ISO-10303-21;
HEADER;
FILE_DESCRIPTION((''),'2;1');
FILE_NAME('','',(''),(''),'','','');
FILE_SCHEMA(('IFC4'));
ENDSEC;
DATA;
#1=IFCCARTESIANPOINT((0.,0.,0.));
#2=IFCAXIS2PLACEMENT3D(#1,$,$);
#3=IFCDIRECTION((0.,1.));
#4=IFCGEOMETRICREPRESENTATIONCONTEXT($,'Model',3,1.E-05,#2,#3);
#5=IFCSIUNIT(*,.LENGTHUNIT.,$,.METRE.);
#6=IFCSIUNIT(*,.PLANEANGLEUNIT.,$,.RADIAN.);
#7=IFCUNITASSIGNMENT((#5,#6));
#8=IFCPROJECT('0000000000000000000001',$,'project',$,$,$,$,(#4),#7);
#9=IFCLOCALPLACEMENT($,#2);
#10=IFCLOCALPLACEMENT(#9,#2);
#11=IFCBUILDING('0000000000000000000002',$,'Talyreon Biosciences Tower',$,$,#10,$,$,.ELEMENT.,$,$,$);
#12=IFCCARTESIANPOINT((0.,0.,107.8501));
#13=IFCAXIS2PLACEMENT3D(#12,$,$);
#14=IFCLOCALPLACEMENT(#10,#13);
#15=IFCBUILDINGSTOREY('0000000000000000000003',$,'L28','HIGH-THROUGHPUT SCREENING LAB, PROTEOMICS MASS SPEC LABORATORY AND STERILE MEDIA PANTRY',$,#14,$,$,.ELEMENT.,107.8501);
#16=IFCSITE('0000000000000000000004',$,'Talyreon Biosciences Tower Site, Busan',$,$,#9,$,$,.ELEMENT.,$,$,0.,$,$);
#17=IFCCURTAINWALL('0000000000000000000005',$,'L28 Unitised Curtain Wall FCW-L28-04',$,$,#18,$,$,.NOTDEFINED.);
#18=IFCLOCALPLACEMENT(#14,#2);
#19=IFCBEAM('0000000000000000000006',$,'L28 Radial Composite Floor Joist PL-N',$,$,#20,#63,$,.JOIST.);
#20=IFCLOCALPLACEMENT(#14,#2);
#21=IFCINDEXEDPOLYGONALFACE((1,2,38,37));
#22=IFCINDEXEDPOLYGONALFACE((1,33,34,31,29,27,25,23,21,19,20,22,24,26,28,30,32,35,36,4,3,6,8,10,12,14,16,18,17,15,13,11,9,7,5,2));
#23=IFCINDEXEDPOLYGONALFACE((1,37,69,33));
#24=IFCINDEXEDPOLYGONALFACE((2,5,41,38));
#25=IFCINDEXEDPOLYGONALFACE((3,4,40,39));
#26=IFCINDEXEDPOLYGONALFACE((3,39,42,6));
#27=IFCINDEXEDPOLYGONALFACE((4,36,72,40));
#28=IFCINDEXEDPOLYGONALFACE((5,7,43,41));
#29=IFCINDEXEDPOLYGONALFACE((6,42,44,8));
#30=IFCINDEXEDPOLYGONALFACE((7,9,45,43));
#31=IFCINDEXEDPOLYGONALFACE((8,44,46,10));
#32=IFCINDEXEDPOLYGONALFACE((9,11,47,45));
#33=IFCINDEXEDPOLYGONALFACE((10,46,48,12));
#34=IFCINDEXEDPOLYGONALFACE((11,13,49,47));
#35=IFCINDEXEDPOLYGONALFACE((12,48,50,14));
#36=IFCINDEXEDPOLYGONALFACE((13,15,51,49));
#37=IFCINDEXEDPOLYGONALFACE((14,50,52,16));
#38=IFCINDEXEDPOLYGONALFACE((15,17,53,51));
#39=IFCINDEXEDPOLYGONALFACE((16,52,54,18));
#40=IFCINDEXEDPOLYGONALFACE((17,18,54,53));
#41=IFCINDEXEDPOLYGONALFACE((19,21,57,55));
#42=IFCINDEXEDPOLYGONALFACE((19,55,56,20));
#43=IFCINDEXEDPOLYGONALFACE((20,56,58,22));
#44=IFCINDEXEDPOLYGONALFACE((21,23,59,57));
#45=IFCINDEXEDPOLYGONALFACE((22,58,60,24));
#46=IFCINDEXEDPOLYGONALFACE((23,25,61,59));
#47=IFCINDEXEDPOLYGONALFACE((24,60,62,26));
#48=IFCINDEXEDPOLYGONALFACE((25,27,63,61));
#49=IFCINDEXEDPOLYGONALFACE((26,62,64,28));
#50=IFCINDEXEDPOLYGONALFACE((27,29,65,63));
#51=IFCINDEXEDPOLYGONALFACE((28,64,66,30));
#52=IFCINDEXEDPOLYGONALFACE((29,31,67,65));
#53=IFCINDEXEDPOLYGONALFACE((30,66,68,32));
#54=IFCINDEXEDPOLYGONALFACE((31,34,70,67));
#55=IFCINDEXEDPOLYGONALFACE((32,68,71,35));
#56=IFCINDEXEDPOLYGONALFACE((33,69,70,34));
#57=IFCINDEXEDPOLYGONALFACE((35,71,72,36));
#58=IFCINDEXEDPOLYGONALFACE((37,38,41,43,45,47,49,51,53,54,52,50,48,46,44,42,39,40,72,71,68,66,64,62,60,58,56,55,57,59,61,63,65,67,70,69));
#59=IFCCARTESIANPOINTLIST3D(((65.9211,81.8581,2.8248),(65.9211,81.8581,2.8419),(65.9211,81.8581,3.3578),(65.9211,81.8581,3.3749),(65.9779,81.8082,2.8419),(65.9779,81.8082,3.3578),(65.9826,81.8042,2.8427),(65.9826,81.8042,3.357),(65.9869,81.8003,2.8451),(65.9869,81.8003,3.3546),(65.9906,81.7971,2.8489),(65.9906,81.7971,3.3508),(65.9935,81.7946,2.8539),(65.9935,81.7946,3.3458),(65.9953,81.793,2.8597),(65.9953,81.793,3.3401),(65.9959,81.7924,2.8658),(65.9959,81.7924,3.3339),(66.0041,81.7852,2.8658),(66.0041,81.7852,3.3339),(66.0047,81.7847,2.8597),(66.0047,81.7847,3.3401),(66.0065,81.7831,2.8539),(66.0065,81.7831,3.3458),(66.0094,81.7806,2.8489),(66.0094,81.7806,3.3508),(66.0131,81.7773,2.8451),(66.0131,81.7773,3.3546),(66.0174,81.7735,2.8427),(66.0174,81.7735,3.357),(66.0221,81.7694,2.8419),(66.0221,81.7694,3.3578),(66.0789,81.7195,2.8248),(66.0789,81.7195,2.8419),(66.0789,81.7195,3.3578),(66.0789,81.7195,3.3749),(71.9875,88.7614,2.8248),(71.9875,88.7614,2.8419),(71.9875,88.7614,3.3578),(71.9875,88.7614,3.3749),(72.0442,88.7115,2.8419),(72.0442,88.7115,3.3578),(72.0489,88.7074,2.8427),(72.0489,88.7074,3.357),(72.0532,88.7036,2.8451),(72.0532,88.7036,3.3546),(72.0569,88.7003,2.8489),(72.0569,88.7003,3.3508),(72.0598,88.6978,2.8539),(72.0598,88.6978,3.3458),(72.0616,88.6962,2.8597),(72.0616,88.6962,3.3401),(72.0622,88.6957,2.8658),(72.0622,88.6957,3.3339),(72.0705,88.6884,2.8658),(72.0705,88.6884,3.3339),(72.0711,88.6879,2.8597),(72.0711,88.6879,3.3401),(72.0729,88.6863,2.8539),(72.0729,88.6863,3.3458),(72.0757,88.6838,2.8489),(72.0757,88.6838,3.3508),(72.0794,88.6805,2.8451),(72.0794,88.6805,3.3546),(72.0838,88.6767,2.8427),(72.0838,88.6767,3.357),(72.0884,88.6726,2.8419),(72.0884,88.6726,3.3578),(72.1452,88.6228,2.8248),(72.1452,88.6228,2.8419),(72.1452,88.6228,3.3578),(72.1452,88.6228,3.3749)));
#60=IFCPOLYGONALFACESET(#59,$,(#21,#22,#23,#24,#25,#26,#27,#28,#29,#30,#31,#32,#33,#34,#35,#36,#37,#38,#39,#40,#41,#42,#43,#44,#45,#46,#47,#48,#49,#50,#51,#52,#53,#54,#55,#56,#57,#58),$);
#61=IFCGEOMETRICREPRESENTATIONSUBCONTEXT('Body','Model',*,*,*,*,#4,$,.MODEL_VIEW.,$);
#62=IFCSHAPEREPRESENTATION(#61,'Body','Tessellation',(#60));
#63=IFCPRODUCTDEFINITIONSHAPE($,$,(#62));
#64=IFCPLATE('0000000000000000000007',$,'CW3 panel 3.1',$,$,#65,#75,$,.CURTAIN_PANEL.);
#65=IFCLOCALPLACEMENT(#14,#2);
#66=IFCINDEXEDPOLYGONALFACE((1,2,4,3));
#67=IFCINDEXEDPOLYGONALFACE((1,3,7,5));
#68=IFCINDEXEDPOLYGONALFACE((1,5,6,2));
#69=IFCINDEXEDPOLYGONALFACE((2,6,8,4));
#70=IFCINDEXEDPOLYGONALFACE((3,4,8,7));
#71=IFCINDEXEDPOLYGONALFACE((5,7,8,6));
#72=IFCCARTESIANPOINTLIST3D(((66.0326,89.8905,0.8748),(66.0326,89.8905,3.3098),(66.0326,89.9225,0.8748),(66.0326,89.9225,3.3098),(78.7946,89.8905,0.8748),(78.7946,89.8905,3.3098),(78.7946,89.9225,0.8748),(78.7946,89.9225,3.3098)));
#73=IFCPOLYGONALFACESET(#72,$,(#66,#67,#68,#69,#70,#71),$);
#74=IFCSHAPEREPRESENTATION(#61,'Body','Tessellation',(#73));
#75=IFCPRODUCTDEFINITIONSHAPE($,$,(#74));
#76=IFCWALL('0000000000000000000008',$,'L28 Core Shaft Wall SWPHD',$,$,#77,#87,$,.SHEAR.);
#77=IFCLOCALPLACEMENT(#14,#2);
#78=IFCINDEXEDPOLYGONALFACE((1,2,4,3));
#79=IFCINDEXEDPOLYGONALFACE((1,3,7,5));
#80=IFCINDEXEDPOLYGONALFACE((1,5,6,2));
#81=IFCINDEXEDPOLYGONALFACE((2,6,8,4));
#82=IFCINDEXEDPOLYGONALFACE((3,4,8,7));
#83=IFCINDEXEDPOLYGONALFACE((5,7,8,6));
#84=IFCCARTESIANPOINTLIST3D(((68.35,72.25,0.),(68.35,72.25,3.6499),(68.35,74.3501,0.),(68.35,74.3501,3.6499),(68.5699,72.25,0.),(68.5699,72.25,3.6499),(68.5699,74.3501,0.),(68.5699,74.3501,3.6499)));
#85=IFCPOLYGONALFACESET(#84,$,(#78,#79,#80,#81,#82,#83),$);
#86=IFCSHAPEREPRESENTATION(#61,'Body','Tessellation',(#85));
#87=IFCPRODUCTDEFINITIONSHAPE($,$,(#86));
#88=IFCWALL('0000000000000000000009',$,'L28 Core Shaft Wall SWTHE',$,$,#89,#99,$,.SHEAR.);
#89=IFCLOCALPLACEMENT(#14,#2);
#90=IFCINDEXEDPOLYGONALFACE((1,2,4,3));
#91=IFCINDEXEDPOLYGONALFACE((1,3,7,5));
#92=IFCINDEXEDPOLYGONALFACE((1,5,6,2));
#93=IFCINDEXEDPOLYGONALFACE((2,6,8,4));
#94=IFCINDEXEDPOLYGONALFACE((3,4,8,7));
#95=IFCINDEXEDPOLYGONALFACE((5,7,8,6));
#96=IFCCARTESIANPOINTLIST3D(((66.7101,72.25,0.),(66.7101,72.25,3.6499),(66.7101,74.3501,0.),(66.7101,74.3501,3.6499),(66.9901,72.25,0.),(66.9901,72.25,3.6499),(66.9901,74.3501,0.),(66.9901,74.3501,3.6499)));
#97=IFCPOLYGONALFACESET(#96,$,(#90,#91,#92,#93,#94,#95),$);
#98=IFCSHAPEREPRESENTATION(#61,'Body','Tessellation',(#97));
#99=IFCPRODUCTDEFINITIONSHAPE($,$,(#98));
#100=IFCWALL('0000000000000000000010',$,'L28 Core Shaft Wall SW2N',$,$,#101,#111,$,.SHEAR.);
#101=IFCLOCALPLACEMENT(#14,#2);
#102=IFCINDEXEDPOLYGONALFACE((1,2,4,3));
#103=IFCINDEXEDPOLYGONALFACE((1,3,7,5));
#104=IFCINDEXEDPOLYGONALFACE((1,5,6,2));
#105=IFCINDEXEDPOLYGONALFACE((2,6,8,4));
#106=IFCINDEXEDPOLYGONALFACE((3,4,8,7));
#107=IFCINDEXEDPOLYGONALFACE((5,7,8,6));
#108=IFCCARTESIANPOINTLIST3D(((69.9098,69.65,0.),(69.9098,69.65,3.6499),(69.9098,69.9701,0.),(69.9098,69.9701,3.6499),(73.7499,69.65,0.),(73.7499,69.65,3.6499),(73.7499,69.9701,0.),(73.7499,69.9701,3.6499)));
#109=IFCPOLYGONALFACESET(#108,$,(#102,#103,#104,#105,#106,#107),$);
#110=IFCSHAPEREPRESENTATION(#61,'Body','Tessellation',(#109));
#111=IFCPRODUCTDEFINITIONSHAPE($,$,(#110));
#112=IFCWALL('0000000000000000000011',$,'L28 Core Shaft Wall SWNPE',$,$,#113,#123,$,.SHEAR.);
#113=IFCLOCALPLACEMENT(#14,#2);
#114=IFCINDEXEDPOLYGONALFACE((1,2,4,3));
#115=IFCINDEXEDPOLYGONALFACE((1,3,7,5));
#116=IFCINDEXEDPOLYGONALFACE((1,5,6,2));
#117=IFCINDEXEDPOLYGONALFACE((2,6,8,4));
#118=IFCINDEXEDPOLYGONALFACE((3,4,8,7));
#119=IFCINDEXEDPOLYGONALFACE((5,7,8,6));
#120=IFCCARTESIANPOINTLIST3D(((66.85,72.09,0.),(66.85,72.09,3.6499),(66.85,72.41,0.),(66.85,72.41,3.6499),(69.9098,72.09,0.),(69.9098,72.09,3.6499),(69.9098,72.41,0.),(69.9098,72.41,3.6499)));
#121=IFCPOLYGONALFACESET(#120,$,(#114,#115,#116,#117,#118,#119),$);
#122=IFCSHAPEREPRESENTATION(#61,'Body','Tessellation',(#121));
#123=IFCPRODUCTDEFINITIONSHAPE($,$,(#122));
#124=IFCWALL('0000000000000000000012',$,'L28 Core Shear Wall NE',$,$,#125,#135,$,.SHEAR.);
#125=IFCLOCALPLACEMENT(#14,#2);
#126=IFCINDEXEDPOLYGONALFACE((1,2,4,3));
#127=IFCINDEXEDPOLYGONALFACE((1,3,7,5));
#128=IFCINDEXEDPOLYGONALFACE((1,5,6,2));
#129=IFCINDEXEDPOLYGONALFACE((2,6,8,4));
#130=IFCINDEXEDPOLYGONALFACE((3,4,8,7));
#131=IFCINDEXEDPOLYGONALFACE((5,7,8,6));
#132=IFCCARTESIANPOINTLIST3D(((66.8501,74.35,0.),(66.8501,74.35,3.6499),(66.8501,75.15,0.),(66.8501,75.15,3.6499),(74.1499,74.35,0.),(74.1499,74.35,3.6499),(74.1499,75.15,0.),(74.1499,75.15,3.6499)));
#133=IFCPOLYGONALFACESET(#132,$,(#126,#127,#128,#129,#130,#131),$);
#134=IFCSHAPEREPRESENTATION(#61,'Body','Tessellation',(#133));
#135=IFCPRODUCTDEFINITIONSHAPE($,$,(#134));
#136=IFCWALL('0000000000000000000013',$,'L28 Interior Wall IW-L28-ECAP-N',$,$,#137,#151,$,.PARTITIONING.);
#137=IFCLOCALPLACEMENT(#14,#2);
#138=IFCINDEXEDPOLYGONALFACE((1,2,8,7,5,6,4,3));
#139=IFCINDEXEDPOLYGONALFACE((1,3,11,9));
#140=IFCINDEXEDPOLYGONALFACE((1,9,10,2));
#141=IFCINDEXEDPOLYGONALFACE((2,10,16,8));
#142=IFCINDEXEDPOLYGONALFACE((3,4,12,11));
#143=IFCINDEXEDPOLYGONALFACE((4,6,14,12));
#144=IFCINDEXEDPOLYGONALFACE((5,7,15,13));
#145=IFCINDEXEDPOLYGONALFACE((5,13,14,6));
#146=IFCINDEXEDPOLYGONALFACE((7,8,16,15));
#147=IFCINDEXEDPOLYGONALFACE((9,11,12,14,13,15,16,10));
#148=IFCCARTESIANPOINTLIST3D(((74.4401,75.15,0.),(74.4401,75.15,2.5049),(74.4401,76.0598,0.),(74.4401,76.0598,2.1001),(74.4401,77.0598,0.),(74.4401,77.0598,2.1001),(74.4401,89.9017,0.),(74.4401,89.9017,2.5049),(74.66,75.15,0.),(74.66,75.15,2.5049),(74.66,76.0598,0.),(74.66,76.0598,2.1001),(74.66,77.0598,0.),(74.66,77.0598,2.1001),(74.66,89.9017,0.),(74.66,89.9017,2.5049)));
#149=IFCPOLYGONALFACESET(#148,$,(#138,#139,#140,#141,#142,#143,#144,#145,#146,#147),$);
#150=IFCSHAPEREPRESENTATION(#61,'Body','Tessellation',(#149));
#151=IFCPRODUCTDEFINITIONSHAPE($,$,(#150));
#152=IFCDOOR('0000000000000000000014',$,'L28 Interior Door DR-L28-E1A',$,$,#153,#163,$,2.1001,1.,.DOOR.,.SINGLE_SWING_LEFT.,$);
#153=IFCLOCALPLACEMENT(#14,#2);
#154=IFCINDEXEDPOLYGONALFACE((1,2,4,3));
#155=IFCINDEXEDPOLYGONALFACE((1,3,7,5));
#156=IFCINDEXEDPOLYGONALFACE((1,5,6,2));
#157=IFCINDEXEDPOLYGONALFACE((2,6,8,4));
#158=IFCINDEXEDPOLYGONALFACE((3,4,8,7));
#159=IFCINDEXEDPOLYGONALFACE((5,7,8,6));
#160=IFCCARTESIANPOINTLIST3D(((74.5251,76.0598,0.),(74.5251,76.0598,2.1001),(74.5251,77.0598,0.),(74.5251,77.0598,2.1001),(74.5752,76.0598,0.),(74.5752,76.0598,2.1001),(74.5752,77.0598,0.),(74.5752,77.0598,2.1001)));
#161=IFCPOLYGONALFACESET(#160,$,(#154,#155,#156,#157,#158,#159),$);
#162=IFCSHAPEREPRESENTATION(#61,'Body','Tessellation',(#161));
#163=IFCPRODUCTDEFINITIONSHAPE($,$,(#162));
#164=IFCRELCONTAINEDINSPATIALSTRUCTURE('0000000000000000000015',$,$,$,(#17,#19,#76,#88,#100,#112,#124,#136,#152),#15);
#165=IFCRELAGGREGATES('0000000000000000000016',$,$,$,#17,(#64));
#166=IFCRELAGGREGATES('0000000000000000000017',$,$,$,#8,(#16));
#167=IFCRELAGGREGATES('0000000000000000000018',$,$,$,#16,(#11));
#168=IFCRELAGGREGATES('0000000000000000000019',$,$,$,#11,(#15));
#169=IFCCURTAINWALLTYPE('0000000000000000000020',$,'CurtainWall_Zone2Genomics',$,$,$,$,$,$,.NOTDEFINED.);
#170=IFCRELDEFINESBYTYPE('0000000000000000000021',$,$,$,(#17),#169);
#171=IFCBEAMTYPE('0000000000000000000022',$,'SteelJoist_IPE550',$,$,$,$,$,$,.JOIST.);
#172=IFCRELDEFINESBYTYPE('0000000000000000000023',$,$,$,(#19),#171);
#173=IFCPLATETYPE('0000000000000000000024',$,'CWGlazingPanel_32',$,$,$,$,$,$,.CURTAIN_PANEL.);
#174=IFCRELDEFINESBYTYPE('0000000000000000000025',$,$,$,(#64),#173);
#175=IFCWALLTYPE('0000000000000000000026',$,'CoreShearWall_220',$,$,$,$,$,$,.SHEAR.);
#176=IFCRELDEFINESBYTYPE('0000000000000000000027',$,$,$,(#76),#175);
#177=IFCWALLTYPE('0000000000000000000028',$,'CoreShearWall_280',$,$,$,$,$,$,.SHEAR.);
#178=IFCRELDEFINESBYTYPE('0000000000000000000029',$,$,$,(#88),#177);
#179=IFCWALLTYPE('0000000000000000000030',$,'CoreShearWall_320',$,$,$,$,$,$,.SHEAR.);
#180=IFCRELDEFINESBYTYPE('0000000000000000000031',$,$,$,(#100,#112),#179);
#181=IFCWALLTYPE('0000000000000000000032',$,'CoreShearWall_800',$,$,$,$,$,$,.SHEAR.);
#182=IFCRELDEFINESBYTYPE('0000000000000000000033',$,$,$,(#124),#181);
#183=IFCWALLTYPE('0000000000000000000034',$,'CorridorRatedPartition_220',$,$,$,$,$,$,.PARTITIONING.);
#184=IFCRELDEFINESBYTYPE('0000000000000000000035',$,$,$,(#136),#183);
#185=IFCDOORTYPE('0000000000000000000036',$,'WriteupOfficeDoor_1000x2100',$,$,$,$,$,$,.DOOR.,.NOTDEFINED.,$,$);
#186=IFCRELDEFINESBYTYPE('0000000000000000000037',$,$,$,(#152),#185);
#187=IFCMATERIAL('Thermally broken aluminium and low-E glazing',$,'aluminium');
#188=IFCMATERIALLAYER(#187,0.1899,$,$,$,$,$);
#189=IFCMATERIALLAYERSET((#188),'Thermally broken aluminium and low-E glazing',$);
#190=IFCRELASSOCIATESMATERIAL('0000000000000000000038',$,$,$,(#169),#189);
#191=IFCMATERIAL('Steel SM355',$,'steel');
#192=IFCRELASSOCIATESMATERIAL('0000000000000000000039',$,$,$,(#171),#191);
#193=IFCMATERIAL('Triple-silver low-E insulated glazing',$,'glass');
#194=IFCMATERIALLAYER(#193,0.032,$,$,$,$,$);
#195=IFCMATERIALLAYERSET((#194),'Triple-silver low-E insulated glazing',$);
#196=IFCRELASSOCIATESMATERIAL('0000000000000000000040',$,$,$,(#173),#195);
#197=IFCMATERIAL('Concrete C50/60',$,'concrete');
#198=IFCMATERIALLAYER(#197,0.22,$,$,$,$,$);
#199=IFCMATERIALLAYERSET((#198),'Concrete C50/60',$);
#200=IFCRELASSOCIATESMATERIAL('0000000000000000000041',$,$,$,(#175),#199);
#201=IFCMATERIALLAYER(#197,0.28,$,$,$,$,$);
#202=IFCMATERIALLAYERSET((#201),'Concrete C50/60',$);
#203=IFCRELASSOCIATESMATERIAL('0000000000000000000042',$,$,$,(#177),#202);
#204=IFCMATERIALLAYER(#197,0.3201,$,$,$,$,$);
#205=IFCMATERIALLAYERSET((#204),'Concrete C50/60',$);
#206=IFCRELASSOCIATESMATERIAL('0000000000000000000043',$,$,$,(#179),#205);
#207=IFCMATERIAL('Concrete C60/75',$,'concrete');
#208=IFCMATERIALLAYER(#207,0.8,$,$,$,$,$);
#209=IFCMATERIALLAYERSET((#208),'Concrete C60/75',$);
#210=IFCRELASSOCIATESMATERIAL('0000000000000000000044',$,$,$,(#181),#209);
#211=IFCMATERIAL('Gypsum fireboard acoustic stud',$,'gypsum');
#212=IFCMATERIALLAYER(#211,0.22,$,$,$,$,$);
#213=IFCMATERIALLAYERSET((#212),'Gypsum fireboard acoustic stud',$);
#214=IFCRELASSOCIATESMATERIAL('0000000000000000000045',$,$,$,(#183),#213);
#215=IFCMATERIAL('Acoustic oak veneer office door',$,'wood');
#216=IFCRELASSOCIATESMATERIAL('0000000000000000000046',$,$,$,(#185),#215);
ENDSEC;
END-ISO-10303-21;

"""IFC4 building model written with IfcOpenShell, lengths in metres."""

from ifc_helpers import new_model, si_unit, direction, frame, frame_2d, origin, origin_2d, place, context, subcontext, project, spatial, rectangle, i_section, extrude, material, layer, layer_set, material_profile, profile_set, type_object, element, fill, aggregate, save


model = new_model("IFC4")

# Units and contexts
model_context = context("Model", 3, precision=1e-05, world=origin(), true_north=direction((0.0, 1.0)))
body_context = subcontext(model_context, "Body", "Model", "MODEL_VIEW")
ifc_project = project(units=[si_unit("LENGTHUNIT", "METRE"), si_unit("PLANEANGLEUNIT", "RADIAN")], contexts=[model_context])

# Site, building, storey
site_placement = place(None, origin())
site = spatial("IfcSite", under=ifc_project, at=site_placement, Name="Talyreon Biosciences Tower Site, Busan", CompositionType="ELEMENT", RefElevation=0.0)
building_placement = place(site_placement, origin())
building = spatial("IfcBuilding", under=site, at=building_placement, Name="Talyreon Biosciences Tower", CompositionType="ELEMENT")
storey_placement = place(building_placement, frame((0.0, 0.0, 107.8501)))
storey = spatial("IfcBuildingStorey", under=building, at=storey_placement, Name="L28", Description="HIGH-THROUGHPUT SCREENING LAB, PROTEOMICS MASS SPEC LABORATORY AND STERILE MEDIA PANTRY", CompositionType="ELEMENT", Elevation=107.8501)

# Shared definitions
ifc_material_1 = material(Name="Concrete C60/75", Category="concrete")
ifc_material_2 = material(Name="Concrete C50/60", Category="concrete")

# Curtain wall
ifc_material_3 = material(Name="Thermally broken aluminium and low-E glazing", Category="aluminium")
ifc_layer_1 = layer(ifc_material_3, 0.1899)
ifc_layer_set_1 = layer_set([ifc_layer_1], Name="Thermally broken aluminium and low-E glazing")
curtain_wall_type = type_object("IfcCurtainWallType", Name="CurtainWall_Zone2Genomics", PredefinedType="NOTDEFINED", material=ifc_layer_set_1)
curtain_wall_placement = place(storey_placement, origin())
curtain_wall = element("IfcCurtainWall", 1, at=curtain_wall_placement, inside=storey, type_object=curtain_wall_type, Name="L28 Unitised Curtain Wall FCW-L28-04", PredefinedType="NOTDEFINED")

# Beam
ifc_material_4 = material(Name="Steel SM355", Category="steel")
ifc_material_profile_1 = material_profile(ifc_material_4, i_section(OverallWidth=0.21, OverallDepth=0.55, WebThickness=0.011, FlangeThickness=0.0171, FilletRadius=0.0239, at=origin_2d()), Name="IPE550")
ifc_profile_set_1 = profile_set([ifc_material_profile_1], Name="Steel SM355")
beam_type_1 = type_object("IfcBeamType", Name="SteelJoist_IPE550", PredefinedType="JOIST", material=ifc_profile_set_1)
beam_1_placement = place(storey_placement, frame((66.0, 81.7888, 3.0999), z_axis=(0.660106, 0.751173, 0.0), x_axis=(-0.751173, 0.660106, 0.0)))
element("IfcBeam", 2, at=beam_1_placement, inside=storey, type_object=beam_type_1, Name="L28 Radial Composite Floor Joist PL-N", PredefinedType="JOIST", context=body_context, shape_type="SweptSolid", body=[
    extrude(i_section(OverallWidth=0.21, OverallDepth=0.55, WebThickness=0.011, FlangeThickness=0.0171, FilletRadius=0.0239, at=origin_2d()), origin(), (0.0, 0.0, 1.0), 9.1899),
])

# Plate
ifc_material_5 = material(Name="Triple-silver low-E insulated glazing", Category="glass")
ifc_layer_2 = layer(ifc_material_5, 0.032)
ifc_layer_set_2 = layer_set([ifc_layer_2], Name="Triple-silver low-E insulated glazing")
plate_type = type_object("IfcPlateType", Name="CWGlazingPanel_32", PredefinedType="CURTAIN_PANEL", material=ifc_layer_set_2)
plate_placement = place(storey_placement, frame((72.4136, 89.9065, 0.8748), z_axis=(0.0, 0.0, 1.0), x_axis=(1.0, 0.0, 0.0)))
plate = element("IfcPlate", 3, at=plate_placement, type_object=plate_type, Name="CW3 panel 3.1", PredefinedType="CURTAIN_PANEL", context=body_context, shape_type="SweptSolid", body=[
    extrude(rectangle(XDim=12.762, YDim=0.032, at=origin_2d()), origin(), (0.0, 0.0, 1.0), 2.4351),
])
aggregate(curtain_wall, [plate])

# Walls
ifc_layer_3 = layer(ifc_material_2, 0.22)
ifc_layer_set_3 = layer_set([ifc_layer_3], Name="Concrete C50/60")
wall_type_1 = type_object("IfcWallType", Name="CoreShearWall_220", PredefinedType="SHEAR", material=ifc_layer_set_3)
wall_1_placement = place(storey_placement, frame((68.46, 72.25, 0.0), z_axis=(0.0, 0.0, 1.0), x_axis=(0.0, 1.0, 0.0)))
element("IfcWall", 4, at=wall_1_placement, inside=storey, type_object=wall_type_1, Name="L28 Core Shaft Wall SWPHD", PredefinedType="SHEAR", context=body_context, shape_type="SweptSolid", body=[
    extrude(rectangle(XDim=2.1001, YDim=0.22, at=frame_2d((1.05, 0.0))), origin(), (0.0, 0.0, 1.0), 3.6499),
])
ifc_layer_4 = layer(ifc_material_2, 0.28)
ifc_layer_set_4 = layer_set([ifc_layer_4], Name="Concrete C50/60")
wall_type_2 = type_object("IfcWallType", Name="CoreShearWall_280", PredefinedType="SHEAR", material=ifc_layer_set_4)
wall_2_placement = place(storey_placement, frame((66.8501, 72.25, 0.0), z_axis=(0.0, 0.0, 1.0), x_axis=(0.0, 1.0, 0.0)))
element("IfcWall", 5, at=wall_2_placement, inside=storey, type_object=wall_type_2, Name="L28 Core Shaft Wall SWTHE", PredefinedType="SHEAR", context=body_context, shape_type="SweptSolid", body=[
    extrude(rectangle(XDim=2.1001, YDim=0.28, at=frame_2d((1.05, 0.0))), origin(), (0.0, 0.0, 1.0), 3.6499),
])
ifc_layer_5 = layer(ifc_material_2, 0.3201)
ifc_layer_set_5 = layer_set([ifc_layer_5], Name="Concrete C50/60")
wall_type_3 = type_object("IfcWallType", Name="CoreShearWall_320", PredefinedType="SHEAR", material=ifc_layer_set_5)
wall_3_placement = place(storey_placement, frame((69.9099, 69.8101, 0.0), z_axis=(0.0, 0.0, 1.0), x_axis=(1.0, 0.0, 0.0)))
element("IfcWall", 6, at=wall_3_placement, inside=storey, type_object=wall_type_3, Name="L28 Core Shaft Wall SW2N", PredefinedType="SHEAR", context=body_context, shape_type="SweptSolid", body=[
    extrude(rectangle(XDim=3.8401, YDim=0.3201, at=frame_2d((1.9199, 0.0))), origin(), (0.0, 0.0, 1.0), 3.6499),
])
wall_4_placement = place(storey_placement, frame((66.8501, 72.25, 0.0), z_axis=(0.0, 0.0, 1.0), x_axis=(1.0, 0.0, 0.0)))
element("IfcWall", 7, at=wall_4_placement, inside=storey, type_object=wall_type_3, Name="L28 Core Shaft Wall SWNPE", PredefinedType="SHEAR", context=body_context, shape_type="SweptSolid", body=[
    extrude(rectangle(XDim=3.0598, YDim=0.3201, at=frame_2d((1.5298, 0.0))), origin(), (0.0, 0.0, 1.0), 3.6499),
])
ifc_layer_6 = layer(ifc_material_1, 0.8)
ifc_layer_set_6 = layer_set([ifc_layer_6], Name="Concrete C60/75")
wall_type_4 = type_object("IfcWallType", Name="CoreShearWall_800", PredefinedType="SHEAR", material=ifc_layer_set_6)
wall_5_placement = place(storey_placement, frame((74.1499, 74.75, 0.0), z_axis=(0.0, 0.0, 1.0), x_axis=(-1.0, 0.0, 0.0)))
element("IfcWall", 8, at=wall_5_placement, inside=storey, type_object=wall_type_4, Name="L28 Core Shear Wall NE", PredefinedType="SHEAR", context=body_context, shape_type="SweptSolid", body=[
    extrude(rectangle(XDim=7.2998, YDim=0.8, at=frame_2d((3.6499, 0.0))), origin(), (0.0, 0.0, 1.0), 3.6499),
])

# Wall, opening, door
ifc_material_6 = material(Name="Gypsum fireboard acoustic stud", Category="gypsum")
ifc_layer_7 = layer(ifc_material_6, 0.22)
ifc_layer_set_7 = layer_set([ifc_layer_7], Name="Gypsum fireboard acoustic stud")
wall_type_5 = type_object("IfcWallType", Name="CorridorRatedPartition_220", PredefinedType="PARTITIONING", material=ifc_layer_set_7)
wall_6_placement = place(storey_placement, frame((74.55, 75.1499, 0.0), z_axis=(0.0, 0.0, 1.0), x_axis=(0.0, 1.0, 0.0)))
wall_6 = element("IfcWall", 9, at=wall_6_placement, inside=storey, type_object=wall_type_5, Name="L28 Interior Wall IW-L28-ECAP-N", PredefinedType="PARTITIONING", context=body_context, shape_type="SweptSolid", body=[
    extrude(rectangle(XDim=14.7517, YDim=0.22, at=frame_2d((7.376, 0.0))), origin(), (0.0, 0.0, 1.0), 2.5049),
])
opening_1_placement = place(wall_6_placement, frame((0.9099, 0.0, 0.0)))
opening_1 = element("IfcOpeningElement", 10, at=opening_1_placement, cuts=wall_6, PredefinedType="OPENING", context=body_context, shape_type="SweptSolid", body=[
    extrude(rectangle(XDim=1.0, YDim=2.1001, at=frame_2d((0.5, 1.05))), frame((0.0, 0.1199, 0.0), z_axis=(0.0, -1.0, 0.0), x_axis=(1.0, 0.0, 0.0)), (0.0, 0.0, 1.0), 0.24),
])
ifc_material_7 = material(Name="Acoustic oak veneer office door", Category="wood")
door_type_1 = type_object("IfcDoorType", Name="WriteupOfficeDoor_1000x2100", OperationType="NOTDEFINED", PredefinedType="DOOR", material=ifc_material_7)
door_1_placement = place(opening_1_placement, origin())
door_1 = element("IfcDoor", 11, at=door_1_placement, inside=storey, type_object=door_type_1, Name="L28 Interior Door DR-L28-E1A", OperationType="SINGLE_SWING_LEFT", OverallHeight=2.1001, OverallWidth=1.0, PredefinedType="DOOR", context=body_context, shape_type="SweptSolid", body=[
    extrude(rectangle(XDim=1.0, YDim=2.1001, at=frame_2d((0.5, 1.05))), frame((0.0, 0.0249, 0.0), z_axis=(0.0, -1.0, 0.0), x_axis=(1.0, 0.0, 0.0)), (0.0, 0.0, 1.0), 0.05),
])
fill(opening_1, door_1)

save(model, "model.ifc")
